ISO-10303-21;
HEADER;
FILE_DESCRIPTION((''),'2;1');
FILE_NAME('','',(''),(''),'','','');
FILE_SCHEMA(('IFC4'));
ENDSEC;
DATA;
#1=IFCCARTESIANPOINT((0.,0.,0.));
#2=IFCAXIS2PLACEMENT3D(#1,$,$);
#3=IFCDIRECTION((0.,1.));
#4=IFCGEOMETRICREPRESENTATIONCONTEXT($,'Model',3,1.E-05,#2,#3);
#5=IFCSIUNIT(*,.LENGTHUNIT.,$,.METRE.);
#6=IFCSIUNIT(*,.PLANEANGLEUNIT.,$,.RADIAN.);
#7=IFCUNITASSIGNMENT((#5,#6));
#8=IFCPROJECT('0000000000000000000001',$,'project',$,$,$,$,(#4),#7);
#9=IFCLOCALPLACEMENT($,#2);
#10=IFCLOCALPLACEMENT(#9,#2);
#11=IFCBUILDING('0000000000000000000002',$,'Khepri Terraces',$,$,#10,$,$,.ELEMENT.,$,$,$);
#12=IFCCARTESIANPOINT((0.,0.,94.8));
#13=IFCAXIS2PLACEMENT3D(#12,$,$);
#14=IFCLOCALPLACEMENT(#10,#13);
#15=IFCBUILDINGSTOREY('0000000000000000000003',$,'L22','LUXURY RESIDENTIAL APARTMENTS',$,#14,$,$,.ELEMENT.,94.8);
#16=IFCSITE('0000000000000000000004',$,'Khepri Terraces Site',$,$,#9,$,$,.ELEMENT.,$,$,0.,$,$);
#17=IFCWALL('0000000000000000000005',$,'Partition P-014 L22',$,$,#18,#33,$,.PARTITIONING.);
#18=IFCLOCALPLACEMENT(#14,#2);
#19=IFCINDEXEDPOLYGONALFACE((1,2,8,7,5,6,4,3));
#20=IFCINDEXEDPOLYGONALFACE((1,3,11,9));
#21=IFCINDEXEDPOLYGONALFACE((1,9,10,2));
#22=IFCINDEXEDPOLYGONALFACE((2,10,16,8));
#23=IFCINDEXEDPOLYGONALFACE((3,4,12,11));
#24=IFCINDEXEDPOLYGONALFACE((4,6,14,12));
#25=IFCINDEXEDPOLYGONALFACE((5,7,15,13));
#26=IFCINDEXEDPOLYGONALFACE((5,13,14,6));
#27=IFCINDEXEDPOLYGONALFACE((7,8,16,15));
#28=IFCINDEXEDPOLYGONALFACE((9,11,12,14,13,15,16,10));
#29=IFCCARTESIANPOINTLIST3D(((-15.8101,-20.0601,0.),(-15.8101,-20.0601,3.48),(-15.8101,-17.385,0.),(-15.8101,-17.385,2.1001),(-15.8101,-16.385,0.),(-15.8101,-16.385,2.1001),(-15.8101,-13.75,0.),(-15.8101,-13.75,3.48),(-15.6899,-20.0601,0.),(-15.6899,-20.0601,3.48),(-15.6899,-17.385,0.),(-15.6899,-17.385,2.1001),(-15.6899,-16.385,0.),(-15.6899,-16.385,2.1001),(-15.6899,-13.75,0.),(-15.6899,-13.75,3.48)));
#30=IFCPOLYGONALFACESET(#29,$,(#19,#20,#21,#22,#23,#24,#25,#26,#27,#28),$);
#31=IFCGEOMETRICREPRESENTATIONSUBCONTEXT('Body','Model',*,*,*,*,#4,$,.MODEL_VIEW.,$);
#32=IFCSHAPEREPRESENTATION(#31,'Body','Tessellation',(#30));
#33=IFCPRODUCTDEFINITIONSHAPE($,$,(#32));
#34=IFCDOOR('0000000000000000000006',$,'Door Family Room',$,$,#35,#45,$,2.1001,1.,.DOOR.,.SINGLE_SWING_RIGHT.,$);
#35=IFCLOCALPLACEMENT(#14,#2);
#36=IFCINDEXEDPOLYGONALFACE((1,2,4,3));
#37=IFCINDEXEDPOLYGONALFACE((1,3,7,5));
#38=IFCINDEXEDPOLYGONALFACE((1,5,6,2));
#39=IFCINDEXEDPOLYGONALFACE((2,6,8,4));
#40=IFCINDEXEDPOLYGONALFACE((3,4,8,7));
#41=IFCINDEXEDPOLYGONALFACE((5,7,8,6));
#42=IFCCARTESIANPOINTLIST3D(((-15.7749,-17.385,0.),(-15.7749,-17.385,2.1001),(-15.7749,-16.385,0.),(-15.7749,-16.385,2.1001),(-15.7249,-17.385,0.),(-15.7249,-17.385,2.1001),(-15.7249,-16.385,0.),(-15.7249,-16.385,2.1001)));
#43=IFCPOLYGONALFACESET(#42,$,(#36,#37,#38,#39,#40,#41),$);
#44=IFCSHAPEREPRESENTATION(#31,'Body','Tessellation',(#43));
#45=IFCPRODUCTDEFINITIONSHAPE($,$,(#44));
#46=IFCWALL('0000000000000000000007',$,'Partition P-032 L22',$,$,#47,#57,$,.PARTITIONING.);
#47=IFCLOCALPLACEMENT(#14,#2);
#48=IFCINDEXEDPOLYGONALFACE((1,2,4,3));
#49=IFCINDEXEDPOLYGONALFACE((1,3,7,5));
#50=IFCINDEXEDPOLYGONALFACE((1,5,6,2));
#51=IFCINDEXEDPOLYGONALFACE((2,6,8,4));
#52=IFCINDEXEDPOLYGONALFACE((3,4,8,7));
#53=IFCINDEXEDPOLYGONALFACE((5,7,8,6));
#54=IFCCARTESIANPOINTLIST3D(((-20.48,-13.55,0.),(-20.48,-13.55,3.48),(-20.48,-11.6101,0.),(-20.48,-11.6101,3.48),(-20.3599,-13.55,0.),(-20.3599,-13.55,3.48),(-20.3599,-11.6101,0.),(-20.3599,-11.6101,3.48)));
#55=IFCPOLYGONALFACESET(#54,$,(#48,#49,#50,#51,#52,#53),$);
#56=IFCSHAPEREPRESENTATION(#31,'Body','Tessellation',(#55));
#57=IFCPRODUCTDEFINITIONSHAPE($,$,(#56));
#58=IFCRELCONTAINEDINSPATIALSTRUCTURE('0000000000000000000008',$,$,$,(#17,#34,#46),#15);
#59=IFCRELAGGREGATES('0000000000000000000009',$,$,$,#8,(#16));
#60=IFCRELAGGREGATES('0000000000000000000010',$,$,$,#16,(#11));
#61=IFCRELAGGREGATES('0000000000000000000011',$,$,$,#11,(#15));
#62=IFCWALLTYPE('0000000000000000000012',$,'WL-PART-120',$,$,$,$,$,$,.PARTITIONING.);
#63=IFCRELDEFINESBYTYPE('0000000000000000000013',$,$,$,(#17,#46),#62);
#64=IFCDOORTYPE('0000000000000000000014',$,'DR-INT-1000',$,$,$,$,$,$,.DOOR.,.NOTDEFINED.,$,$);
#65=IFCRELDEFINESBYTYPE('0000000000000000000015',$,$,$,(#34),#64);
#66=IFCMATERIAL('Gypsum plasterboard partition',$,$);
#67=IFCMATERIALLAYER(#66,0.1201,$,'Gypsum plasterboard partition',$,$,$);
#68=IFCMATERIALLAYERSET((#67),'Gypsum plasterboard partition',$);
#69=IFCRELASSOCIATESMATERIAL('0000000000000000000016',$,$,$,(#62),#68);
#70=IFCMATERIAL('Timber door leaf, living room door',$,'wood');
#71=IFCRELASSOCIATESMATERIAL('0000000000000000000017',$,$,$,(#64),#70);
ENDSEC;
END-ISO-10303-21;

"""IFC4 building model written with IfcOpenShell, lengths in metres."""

from ifc_helpers import new_model, si_unit, direction, frame, frame_2d, origin, place, context, subcontext, project, spatial, rectangle, extrude, material, layer, layer_set, type_object, element, fill, save


model = new_model("IFC4")

# Units and contexts
model_context = context("Model", 3, precision=1e-05, world=origin(), true_north=direction((0.0, 1.0)))
body_context = subcontext(model_context, "Body", "Model", "MODEL_VIEW")
ifc_project = project(units=[si_unit("LENGTHUNIT", "METRE"), si_unit("PLANEANGLEUNIT", "RADIAN")], contexts=[model_context])

# Site, building, storey
site_placement = place(None, origin())
site = spatial("IfcSite", under=ifc_project, at=site_placement, Name="Khepri Terraces Site", CompositionType="ELEMENT", RefElevation=0.0)
building_placement = place(site_placement, origin())
building = spatial("IfcBuilding", under=site, at=building_placement, Name="Khepri Terraces", CompositionType="ELEMENT")
storey_placement = place(building_placement, frame((0.0, 0.0, 94.8)))
storey = spatial("IfcBuildingStorey", under=building, at=storey_placement, Name="L22", Description="LUXURY RESIDENTIAL APARTMENTS", CompositionType="ELEMENT", Elevation=94.8)

# Shared definitions
ifc_material_1 = material(Name="Gypsum plasterboard partition")
ifc_layer_1 = layer(ifc_material_1, 0.1201, Name="Gypsum plasterboard partition")
ifc_layer_set_1 = layer_set([ifc_layer_1], Name="Gypsum plasterboard partition")
wall_type_1 = type_object("IfcWallType", Name="WL-PART-120", PredefinedType="PARTITIONING", material=ifc_layer_set_1)

# Shared definitions
ifc_material_2 = material(Name="Timber door leaf, living room door", Category="wood")
door_type_1 = type_object("IfcDoorType", Name="DR-INT-1000", OperationType="NOTDEFINED", PredefinedType="DOOR", material=ifc_material_2)

# Wall, opening, door
wall_1_placement = place(storey_placement, frame((-15.75, -20.0601, 0.0), z_axis=(0.0, 0.0, 1.0), x_axis=(0.0, 1.0, 0.0)))
wall_1 = element("IfcWall", 1, at=wall_1_placement, inside=storey, type_object=wall_type_1, Name="Partition P-014 L22", PredefinedType="PARTITIONING", context=body_context, shape_type="SweptSolid", body=[
    extrude(rectangle(XDim=6.3101, YDim=0.1201, at=frame_2d((3.155, 0.0))), origin(), (0.0, 0.0, 1.0), 3.48),
])
opening_1_placement = place(wall_1_placement, frame((2.675, 0.0, 0.0)))
opening_1 = element("IfcOpeningElement", 2, at=opening_1_placement, cuts=wall_1, PredefinedType="OPENING", context=body_context, shape_type="SweptSolid", body=[
    extrude(rectangle(XDim=1.0, YDim=2.1001, at=frame_2d((0.5, 1.05))), frame((0.0, 0.0701, 0.0), z_axis=(0.0, -1.0, 0.0), x_axis=(1.0, 0.0, 0.0)), (0.0, 0.0, 1.0), 0.1401),
])
door_1_placement = place(opening_1_placement, origin())
door_1 = element("IfcDoor", 3, at=door_1_placement, inside=storey, type_object=door_type_1, Name="Door Family Room", OperationType="SINGLE_SWING_RIGHT", OverallHeight=2.1001, OverallWidth=1.0, PredefinedType="DOOR", context=body_context, shape_type="SweptSolid", body=[
    extrude(rectangle(XDim=1.0, YDim=2.1001, at=frame_2d((0.5, 1.05))), frame((0.0, 0.0249, 0.0), z_axis=(0.0, -1.0, 0.0), x_axis=(1.0, 0.0, 0.0)), (0.0, 0.0, 1.0), 0.05),
])
fill(opening_1, door_1)

# Wall
wall_2_placement = place(storey_placement, frame((-20.4199, -13.55, 0.0), z_axis=(0.0, 0.0, 1.0), x_axis=(0.0, 1.0, 0.0)))
element("IfcWall", 4, at=wall_2_placement, inside=storey, type_object=wall_type_1, Name="Partition P-032 L22", PredefinedType="PARTITIONING", context=body_context, shape_type="SweptSolid", body=[
    extrude(rectangle(XDim=1.9399, YDim=0.1201, at=frame_2d((0.97, 0.0))), origin(), (0.0, 0.0, 1.0), 3.48),
])

save(model, "model.ifc")
